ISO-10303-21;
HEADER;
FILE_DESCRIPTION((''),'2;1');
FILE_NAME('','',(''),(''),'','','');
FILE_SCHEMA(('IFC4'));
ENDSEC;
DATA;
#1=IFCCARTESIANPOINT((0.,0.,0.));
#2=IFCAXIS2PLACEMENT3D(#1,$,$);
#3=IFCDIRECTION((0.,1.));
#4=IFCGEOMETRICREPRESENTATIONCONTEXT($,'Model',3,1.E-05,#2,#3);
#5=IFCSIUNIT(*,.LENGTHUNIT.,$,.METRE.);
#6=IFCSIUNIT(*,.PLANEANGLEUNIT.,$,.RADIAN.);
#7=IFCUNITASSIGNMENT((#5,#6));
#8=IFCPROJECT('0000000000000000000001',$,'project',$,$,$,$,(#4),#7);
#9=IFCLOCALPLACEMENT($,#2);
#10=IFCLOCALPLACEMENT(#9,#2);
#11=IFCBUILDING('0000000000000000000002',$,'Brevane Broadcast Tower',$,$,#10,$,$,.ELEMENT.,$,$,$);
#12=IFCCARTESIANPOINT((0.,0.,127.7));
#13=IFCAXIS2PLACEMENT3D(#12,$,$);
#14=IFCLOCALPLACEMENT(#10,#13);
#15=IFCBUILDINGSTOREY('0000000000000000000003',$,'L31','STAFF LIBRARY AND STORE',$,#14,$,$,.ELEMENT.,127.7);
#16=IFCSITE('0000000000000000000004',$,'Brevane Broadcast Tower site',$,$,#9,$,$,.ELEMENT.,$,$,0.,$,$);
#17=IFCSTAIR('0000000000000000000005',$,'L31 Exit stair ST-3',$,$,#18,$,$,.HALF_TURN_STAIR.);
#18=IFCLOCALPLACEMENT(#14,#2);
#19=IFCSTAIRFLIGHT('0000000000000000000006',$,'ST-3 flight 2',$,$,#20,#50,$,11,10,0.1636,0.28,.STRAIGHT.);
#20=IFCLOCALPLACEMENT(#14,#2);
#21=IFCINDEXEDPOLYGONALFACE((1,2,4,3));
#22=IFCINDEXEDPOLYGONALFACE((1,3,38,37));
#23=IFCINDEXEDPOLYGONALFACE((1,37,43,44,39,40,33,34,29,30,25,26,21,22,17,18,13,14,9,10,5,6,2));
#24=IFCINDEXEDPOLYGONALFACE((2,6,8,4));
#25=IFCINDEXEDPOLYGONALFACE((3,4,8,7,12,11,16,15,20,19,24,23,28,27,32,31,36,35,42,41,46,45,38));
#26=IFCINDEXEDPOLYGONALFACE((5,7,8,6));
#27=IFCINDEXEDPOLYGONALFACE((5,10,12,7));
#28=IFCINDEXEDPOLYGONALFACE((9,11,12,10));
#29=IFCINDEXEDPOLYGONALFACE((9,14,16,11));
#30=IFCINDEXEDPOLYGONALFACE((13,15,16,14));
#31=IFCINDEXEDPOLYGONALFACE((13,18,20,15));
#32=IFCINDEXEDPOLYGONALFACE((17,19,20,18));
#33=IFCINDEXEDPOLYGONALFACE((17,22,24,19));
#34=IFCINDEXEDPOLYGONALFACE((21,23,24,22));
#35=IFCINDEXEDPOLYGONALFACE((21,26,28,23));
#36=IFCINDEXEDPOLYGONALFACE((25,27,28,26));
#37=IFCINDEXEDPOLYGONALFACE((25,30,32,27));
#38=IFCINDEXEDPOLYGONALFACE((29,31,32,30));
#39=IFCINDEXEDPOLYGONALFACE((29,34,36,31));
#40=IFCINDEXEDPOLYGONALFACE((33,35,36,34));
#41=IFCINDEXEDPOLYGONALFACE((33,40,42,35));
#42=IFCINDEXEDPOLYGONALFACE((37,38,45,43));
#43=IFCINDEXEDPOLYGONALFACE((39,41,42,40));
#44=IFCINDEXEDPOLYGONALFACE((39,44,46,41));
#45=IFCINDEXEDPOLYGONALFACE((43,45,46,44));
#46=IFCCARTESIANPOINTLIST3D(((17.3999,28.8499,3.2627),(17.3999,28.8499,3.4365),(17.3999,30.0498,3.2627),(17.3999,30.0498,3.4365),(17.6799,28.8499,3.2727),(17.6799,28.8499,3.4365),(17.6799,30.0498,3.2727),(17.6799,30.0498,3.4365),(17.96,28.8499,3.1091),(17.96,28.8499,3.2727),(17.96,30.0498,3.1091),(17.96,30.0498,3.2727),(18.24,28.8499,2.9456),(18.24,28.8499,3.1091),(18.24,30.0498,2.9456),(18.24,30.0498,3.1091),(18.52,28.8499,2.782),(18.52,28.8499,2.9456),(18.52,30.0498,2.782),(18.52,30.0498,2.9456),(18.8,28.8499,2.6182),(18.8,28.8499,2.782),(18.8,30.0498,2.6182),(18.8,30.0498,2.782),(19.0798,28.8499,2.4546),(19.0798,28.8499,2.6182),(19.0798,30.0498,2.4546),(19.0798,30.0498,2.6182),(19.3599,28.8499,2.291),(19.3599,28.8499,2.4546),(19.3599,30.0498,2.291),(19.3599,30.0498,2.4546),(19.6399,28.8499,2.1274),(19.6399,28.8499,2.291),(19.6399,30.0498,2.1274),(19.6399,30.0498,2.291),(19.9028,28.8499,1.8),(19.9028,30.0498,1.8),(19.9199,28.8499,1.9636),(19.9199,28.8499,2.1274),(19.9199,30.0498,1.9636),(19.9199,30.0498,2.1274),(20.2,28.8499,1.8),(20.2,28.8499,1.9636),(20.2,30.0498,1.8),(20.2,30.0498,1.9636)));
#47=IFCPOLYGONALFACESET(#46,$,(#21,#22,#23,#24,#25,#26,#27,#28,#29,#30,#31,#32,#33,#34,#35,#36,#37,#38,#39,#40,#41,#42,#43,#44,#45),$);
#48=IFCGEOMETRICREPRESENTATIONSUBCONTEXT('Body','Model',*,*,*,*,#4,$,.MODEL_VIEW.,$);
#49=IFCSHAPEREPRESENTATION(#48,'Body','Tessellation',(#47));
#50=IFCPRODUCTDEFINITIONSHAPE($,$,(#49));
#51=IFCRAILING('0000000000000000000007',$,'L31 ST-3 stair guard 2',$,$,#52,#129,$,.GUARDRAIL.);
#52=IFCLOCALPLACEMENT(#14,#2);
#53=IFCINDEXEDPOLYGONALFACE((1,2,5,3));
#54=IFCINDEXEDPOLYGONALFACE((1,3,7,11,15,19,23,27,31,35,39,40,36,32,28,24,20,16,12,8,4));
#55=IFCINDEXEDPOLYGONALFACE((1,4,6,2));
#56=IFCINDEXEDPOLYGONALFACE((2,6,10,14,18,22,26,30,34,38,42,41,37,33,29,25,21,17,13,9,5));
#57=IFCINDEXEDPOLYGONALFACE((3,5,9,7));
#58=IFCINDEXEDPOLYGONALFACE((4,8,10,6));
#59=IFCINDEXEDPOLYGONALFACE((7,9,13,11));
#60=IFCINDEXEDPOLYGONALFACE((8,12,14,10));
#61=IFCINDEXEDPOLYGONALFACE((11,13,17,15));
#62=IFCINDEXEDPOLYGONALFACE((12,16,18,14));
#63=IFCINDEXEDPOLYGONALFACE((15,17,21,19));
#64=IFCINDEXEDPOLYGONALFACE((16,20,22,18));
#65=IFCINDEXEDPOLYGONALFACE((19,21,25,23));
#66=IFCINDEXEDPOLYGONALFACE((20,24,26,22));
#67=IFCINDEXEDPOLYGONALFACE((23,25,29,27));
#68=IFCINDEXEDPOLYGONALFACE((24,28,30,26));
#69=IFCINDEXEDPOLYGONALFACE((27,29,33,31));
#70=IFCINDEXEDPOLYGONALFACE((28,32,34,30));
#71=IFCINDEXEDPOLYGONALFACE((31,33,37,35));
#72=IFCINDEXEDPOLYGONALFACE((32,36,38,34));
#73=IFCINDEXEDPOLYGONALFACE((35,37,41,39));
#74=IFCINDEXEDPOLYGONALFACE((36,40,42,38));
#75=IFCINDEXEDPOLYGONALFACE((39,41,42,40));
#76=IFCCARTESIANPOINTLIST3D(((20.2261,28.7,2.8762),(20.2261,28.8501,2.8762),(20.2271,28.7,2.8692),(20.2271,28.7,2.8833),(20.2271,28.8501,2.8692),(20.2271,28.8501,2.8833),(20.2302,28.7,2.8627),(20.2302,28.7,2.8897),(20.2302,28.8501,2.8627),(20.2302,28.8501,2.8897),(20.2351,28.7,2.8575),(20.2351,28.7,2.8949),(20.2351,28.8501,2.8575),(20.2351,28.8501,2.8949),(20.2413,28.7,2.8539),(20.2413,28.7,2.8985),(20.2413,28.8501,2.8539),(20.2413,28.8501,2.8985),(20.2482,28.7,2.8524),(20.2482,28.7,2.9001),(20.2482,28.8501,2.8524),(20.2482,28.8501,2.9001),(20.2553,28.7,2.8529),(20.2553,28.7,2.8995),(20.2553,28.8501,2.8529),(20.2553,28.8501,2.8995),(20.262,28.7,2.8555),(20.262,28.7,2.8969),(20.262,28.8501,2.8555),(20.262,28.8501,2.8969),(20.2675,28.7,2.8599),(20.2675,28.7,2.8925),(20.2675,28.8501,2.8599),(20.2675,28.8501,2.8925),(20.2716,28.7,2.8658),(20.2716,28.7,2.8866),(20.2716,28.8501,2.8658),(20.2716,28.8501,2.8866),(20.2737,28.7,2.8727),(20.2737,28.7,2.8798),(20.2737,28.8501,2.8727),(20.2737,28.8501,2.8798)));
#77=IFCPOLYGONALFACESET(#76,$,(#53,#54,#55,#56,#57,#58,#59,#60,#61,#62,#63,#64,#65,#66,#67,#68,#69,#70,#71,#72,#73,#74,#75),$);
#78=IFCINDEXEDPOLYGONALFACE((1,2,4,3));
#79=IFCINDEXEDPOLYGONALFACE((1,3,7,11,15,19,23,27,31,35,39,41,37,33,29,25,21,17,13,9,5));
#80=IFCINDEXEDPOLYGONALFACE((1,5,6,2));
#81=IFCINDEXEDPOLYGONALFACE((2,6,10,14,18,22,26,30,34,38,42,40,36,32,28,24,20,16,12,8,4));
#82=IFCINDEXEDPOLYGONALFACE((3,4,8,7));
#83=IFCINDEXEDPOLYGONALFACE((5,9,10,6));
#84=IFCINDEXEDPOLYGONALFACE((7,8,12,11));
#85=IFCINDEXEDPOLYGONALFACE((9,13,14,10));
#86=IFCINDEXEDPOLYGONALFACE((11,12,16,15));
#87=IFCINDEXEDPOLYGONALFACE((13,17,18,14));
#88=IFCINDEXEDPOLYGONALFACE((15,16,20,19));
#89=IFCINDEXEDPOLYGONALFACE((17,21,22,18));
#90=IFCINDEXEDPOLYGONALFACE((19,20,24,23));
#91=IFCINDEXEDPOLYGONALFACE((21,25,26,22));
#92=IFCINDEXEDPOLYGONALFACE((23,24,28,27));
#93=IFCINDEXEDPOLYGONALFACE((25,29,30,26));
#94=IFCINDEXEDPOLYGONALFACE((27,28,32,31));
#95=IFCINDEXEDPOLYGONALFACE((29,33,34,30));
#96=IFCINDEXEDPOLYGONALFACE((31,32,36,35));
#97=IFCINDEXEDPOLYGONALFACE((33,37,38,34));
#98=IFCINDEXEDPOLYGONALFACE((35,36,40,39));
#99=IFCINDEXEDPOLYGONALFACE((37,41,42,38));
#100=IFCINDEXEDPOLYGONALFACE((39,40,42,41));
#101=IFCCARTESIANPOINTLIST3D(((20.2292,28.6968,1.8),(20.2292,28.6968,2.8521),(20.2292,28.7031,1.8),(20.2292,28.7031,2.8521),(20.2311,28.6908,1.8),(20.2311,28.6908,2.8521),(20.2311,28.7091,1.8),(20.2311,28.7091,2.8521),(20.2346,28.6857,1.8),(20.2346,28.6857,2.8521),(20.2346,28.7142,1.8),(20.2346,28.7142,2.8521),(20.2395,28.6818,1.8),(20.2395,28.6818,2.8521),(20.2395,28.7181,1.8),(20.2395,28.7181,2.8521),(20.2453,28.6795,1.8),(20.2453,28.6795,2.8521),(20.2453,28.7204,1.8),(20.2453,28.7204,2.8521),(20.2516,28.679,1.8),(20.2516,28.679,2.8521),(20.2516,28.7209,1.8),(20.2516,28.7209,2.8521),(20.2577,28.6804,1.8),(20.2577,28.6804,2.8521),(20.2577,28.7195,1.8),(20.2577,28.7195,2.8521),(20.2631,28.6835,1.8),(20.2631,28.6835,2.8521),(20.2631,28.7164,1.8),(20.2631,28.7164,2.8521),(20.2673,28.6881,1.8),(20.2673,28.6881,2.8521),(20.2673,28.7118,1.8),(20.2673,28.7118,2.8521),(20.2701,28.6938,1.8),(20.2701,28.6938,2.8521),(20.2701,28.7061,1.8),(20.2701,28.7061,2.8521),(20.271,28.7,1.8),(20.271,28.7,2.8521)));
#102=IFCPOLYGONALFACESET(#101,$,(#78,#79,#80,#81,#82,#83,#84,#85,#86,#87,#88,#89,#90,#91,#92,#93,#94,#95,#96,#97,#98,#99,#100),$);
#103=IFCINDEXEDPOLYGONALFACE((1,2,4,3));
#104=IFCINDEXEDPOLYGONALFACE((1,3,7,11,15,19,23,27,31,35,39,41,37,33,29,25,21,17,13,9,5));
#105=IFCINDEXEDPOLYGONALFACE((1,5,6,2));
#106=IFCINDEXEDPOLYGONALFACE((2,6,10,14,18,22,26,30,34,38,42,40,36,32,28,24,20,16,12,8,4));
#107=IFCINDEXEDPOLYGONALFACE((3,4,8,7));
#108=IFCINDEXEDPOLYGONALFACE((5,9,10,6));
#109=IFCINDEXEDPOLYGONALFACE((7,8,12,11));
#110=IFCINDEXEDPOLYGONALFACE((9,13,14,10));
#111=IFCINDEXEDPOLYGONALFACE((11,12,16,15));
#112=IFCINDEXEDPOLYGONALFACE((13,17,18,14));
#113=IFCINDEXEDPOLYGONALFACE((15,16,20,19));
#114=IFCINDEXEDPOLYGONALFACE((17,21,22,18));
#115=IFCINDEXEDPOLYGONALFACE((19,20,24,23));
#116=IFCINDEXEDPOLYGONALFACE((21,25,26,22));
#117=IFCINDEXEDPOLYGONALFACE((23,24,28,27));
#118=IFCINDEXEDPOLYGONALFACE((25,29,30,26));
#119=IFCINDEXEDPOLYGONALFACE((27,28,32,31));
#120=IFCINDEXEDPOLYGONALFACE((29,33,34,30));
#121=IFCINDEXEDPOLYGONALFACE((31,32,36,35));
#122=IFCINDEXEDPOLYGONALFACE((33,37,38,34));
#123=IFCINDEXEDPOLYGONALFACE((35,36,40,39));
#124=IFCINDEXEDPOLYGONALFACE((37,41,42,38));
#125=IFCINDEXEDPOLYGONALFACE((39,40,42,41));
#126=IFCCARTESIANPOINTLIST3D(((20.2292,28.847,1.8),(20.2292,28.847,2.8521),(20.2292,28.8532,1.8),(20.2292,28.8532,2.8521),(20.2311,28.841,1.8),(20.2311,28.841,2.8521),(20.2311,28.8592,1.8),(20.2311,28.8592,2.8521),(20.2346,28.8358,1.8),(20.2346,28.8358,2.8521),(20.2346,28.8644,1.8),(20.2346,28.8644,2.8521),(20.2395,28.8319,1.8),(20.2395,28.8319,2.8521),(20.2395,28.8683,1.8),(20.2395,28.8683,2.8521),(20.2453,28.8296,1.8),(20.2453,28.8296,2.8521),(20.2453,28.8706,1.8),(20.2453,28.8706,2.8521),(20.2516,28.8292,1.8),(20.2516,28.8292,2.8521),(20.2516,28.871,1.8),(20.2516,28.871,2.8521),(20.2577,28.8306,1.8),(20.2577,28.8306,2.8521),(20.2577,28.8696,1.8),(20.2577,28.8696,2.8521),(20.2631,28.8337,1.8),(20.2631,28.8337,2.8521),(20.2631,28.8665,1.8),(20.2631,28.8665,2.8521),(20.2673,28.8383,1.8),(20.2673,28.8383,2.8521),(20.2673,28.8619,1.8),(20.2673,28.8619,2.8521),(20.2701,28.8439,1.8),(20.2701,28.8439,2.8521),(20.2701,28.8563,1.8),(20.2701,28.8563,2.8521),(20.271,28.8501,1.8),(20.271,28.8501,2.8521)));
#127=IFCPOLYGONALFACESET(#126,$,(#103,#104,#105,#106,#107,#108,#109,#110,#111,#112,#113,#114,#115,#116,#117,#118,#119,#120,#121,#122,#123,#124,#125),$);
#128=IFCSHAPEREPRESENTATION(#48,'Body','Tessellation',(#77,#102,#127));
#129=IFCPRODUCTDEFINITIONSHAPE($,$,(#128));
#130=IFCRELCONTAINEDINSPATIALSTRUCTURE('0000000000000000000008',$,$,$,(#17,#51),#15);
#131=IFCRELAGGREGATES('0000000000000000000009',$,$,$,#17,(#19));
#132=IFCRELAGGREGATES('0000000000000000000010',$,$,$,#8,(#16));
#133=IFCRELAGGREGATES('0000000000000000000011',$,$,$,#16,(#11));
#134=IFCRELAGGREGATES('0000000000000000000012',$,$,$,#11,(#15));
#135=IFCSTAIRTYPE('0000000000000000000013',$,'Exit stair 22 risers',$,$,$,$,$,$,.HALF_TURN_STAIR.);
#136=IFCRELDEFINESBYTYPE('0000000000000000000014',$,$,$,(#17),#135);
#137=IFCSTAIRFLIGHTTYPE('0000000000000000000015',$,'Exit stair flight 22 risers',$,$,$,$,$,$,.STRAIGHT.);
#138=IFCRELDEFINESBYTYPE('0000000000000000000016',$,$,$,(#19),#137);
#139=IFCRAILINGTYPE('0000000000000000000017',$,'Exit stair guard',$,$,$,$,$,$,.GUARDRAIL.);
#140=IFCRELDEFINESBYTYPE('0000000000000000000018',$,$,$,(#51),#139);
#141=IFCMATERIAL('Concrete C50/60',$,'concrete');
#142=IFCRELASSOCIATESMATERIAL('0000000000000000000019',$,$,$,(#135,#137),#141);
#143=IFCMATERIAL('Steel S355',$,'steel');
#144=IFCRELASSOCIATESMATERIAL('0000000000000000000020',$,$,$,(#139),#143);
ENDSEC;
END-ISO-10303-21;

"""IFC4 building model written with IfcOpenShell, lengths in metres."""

from ifc_helpers import new_model, si_unit, direction, frame, origin, origin_2d, place, context, subcontext, project, spatial, polyline, circle, outline, extrude, material, type_object, element, aggregate, save


model = new_model("IFC4")

# Units and contexts
model_context = context("Model", 3, precision=1e-05, world=origin(), true_north=direction((0.0, 1.0)))
body_context = subcontext(model_context, "Body", "Model", "MODEL_VIEW")
ifc_project = project(units=[si_unit("LENGTHUNIT", "METRE"), si_unit("PLANEANGLEUNIT", "RADIAN")], contexts=[model_context])

# Site, building, storey
site_placement = place(None, origin())
site = spatial("IfcSite", under=ifc_project, at=site_placement, Name="Brevane Broadcast Tower site", CompositionType="ELEMENT", RefElevation=0.0)
building_placement = place(site_placement, origin())
building = spatial("IfcBuilding", under=site, at=building_placement, Name="Brevane Broadcast Tower", CompositionType="ELEMENT")
storey_placement = place(building_placement, frame((0.0, 0.0, 127.7)))
storey = spatial("IfcBuildingStorey", under=building, at=storey_placement, Name="L31", Description="STAFF LIBRARY AND STORE", CompositionType="ELEMENT", Elevation=127.7)

# Stair, stair flight
ifc_material_1 = material(Name="Concrete C50/60", Category="concrete")
stair_type = type_object("IfcStairType", Name="Exit stair 22 risers", PredefinedType="HALF_TURN_STAIR", material=ifc_material_1)
stair_placement = place(storey_placement, origin())
stair = element("IfcStair", 1, at=stair_placement, inside=storey, type_object=stair_type, Name="L31 Exit stair ST-3", PredefinedType="HALF_TURN_STAIR")
stair_flight_type = type_object("IfcStairFlightType", Name="Exit stair flight 22 risers", PredefinedType="STRAIGHT", material=ifc_material_1)
stair_flight_placement = place(storey_placement, frame((20.2, 29.45, 1.8), z_axis=(0.0, 0.0, 1.0), x_axis=(-1.0, 0.0, 0.0)))
stair_flight = element("IfcStairFlight", 2, at=stair_flight_placement, type_object=stair_flight_type, Name="ST-3 flight 2", NumberOfRisers=11, NumberOfTreads=10, PredefinedType="STRAIGHT", RiserHeight=0.1636, TreadLength=0.28, context=body_context, shape_type="SweptSolid", body=[
    extrude(outline(polyline([(0.0, 0.0), (0.0, 0.1636), (0.28, 0.1636), (0.28, 0.3274), (0.5601, 0.3274), (0.5601, 0.491), (0.8401, 0.491), (0.8401, 0.6545), (1.1201, 0.6545), (1.1201, 0.8181), (1.3999, 0.8181), (1.3999, 0.9819), (1.6799, 0.9819), (1.6799, 1.1455), (1.96, 1.1455), (1.96, 1.3091), (2.24, 1.3091), (2.24, 1.4727), (2.52, 1.4727), (2.52, 1.6365), (2.8, 1.6365), (2.8, 1.8), (2.8, 1.4626), (0.2971, 0.0), (0.0, 0.0)])), frame((0.0, 0.6001, 0.0), z_axis=(0.0, -1.0, 0.0), x_axis=(1.0, 0.0, 0.0)), (0.0, 0.0, 1.0), 1.2),
])
aggregate(stair, [stair_flight])

# Railing
ifc_material_2 = material(Name="Steel S355", Category="steel")
railing_type_1 = type_object("IfcRailingType", Name="Exit stair guard", PredefinedType="GUARDRAIL", material=ifc_material_2)
railing_1_placement = place(storey_placement, frame((20.25, 28.7, 1.8)))
element("IfcRailing", 3, at=railing_1_placement, inside=storey, type_object=railing_type_1, Name="L31 ST-3 stair guard 2", PredefinedType="GUARDRAIL", context=body_context, shape_type="SweptSolid", body=[
    extrude(circle(Radius=0.0239, at=origin_2d()), frame((0.0, 0.0, 1.0762), z_axis=(0.0, 1.0, 0.0), x_axis=(-1.0, 0.0, 0.0)), (0.0, 0.0, 1.0), 0.1501),
    extrude(circle(Radius=0.021, at=origin_2d()), origin(), (0.0, 0.0, 1.0), 1.052),
    extrude(circle(Radius=0.021, at=origin_2d()), frame((0.0, 0.1501, 0.0)), (0.0, 0.0, 1.0), 1.052),
])

save(model, "model.ifc")
